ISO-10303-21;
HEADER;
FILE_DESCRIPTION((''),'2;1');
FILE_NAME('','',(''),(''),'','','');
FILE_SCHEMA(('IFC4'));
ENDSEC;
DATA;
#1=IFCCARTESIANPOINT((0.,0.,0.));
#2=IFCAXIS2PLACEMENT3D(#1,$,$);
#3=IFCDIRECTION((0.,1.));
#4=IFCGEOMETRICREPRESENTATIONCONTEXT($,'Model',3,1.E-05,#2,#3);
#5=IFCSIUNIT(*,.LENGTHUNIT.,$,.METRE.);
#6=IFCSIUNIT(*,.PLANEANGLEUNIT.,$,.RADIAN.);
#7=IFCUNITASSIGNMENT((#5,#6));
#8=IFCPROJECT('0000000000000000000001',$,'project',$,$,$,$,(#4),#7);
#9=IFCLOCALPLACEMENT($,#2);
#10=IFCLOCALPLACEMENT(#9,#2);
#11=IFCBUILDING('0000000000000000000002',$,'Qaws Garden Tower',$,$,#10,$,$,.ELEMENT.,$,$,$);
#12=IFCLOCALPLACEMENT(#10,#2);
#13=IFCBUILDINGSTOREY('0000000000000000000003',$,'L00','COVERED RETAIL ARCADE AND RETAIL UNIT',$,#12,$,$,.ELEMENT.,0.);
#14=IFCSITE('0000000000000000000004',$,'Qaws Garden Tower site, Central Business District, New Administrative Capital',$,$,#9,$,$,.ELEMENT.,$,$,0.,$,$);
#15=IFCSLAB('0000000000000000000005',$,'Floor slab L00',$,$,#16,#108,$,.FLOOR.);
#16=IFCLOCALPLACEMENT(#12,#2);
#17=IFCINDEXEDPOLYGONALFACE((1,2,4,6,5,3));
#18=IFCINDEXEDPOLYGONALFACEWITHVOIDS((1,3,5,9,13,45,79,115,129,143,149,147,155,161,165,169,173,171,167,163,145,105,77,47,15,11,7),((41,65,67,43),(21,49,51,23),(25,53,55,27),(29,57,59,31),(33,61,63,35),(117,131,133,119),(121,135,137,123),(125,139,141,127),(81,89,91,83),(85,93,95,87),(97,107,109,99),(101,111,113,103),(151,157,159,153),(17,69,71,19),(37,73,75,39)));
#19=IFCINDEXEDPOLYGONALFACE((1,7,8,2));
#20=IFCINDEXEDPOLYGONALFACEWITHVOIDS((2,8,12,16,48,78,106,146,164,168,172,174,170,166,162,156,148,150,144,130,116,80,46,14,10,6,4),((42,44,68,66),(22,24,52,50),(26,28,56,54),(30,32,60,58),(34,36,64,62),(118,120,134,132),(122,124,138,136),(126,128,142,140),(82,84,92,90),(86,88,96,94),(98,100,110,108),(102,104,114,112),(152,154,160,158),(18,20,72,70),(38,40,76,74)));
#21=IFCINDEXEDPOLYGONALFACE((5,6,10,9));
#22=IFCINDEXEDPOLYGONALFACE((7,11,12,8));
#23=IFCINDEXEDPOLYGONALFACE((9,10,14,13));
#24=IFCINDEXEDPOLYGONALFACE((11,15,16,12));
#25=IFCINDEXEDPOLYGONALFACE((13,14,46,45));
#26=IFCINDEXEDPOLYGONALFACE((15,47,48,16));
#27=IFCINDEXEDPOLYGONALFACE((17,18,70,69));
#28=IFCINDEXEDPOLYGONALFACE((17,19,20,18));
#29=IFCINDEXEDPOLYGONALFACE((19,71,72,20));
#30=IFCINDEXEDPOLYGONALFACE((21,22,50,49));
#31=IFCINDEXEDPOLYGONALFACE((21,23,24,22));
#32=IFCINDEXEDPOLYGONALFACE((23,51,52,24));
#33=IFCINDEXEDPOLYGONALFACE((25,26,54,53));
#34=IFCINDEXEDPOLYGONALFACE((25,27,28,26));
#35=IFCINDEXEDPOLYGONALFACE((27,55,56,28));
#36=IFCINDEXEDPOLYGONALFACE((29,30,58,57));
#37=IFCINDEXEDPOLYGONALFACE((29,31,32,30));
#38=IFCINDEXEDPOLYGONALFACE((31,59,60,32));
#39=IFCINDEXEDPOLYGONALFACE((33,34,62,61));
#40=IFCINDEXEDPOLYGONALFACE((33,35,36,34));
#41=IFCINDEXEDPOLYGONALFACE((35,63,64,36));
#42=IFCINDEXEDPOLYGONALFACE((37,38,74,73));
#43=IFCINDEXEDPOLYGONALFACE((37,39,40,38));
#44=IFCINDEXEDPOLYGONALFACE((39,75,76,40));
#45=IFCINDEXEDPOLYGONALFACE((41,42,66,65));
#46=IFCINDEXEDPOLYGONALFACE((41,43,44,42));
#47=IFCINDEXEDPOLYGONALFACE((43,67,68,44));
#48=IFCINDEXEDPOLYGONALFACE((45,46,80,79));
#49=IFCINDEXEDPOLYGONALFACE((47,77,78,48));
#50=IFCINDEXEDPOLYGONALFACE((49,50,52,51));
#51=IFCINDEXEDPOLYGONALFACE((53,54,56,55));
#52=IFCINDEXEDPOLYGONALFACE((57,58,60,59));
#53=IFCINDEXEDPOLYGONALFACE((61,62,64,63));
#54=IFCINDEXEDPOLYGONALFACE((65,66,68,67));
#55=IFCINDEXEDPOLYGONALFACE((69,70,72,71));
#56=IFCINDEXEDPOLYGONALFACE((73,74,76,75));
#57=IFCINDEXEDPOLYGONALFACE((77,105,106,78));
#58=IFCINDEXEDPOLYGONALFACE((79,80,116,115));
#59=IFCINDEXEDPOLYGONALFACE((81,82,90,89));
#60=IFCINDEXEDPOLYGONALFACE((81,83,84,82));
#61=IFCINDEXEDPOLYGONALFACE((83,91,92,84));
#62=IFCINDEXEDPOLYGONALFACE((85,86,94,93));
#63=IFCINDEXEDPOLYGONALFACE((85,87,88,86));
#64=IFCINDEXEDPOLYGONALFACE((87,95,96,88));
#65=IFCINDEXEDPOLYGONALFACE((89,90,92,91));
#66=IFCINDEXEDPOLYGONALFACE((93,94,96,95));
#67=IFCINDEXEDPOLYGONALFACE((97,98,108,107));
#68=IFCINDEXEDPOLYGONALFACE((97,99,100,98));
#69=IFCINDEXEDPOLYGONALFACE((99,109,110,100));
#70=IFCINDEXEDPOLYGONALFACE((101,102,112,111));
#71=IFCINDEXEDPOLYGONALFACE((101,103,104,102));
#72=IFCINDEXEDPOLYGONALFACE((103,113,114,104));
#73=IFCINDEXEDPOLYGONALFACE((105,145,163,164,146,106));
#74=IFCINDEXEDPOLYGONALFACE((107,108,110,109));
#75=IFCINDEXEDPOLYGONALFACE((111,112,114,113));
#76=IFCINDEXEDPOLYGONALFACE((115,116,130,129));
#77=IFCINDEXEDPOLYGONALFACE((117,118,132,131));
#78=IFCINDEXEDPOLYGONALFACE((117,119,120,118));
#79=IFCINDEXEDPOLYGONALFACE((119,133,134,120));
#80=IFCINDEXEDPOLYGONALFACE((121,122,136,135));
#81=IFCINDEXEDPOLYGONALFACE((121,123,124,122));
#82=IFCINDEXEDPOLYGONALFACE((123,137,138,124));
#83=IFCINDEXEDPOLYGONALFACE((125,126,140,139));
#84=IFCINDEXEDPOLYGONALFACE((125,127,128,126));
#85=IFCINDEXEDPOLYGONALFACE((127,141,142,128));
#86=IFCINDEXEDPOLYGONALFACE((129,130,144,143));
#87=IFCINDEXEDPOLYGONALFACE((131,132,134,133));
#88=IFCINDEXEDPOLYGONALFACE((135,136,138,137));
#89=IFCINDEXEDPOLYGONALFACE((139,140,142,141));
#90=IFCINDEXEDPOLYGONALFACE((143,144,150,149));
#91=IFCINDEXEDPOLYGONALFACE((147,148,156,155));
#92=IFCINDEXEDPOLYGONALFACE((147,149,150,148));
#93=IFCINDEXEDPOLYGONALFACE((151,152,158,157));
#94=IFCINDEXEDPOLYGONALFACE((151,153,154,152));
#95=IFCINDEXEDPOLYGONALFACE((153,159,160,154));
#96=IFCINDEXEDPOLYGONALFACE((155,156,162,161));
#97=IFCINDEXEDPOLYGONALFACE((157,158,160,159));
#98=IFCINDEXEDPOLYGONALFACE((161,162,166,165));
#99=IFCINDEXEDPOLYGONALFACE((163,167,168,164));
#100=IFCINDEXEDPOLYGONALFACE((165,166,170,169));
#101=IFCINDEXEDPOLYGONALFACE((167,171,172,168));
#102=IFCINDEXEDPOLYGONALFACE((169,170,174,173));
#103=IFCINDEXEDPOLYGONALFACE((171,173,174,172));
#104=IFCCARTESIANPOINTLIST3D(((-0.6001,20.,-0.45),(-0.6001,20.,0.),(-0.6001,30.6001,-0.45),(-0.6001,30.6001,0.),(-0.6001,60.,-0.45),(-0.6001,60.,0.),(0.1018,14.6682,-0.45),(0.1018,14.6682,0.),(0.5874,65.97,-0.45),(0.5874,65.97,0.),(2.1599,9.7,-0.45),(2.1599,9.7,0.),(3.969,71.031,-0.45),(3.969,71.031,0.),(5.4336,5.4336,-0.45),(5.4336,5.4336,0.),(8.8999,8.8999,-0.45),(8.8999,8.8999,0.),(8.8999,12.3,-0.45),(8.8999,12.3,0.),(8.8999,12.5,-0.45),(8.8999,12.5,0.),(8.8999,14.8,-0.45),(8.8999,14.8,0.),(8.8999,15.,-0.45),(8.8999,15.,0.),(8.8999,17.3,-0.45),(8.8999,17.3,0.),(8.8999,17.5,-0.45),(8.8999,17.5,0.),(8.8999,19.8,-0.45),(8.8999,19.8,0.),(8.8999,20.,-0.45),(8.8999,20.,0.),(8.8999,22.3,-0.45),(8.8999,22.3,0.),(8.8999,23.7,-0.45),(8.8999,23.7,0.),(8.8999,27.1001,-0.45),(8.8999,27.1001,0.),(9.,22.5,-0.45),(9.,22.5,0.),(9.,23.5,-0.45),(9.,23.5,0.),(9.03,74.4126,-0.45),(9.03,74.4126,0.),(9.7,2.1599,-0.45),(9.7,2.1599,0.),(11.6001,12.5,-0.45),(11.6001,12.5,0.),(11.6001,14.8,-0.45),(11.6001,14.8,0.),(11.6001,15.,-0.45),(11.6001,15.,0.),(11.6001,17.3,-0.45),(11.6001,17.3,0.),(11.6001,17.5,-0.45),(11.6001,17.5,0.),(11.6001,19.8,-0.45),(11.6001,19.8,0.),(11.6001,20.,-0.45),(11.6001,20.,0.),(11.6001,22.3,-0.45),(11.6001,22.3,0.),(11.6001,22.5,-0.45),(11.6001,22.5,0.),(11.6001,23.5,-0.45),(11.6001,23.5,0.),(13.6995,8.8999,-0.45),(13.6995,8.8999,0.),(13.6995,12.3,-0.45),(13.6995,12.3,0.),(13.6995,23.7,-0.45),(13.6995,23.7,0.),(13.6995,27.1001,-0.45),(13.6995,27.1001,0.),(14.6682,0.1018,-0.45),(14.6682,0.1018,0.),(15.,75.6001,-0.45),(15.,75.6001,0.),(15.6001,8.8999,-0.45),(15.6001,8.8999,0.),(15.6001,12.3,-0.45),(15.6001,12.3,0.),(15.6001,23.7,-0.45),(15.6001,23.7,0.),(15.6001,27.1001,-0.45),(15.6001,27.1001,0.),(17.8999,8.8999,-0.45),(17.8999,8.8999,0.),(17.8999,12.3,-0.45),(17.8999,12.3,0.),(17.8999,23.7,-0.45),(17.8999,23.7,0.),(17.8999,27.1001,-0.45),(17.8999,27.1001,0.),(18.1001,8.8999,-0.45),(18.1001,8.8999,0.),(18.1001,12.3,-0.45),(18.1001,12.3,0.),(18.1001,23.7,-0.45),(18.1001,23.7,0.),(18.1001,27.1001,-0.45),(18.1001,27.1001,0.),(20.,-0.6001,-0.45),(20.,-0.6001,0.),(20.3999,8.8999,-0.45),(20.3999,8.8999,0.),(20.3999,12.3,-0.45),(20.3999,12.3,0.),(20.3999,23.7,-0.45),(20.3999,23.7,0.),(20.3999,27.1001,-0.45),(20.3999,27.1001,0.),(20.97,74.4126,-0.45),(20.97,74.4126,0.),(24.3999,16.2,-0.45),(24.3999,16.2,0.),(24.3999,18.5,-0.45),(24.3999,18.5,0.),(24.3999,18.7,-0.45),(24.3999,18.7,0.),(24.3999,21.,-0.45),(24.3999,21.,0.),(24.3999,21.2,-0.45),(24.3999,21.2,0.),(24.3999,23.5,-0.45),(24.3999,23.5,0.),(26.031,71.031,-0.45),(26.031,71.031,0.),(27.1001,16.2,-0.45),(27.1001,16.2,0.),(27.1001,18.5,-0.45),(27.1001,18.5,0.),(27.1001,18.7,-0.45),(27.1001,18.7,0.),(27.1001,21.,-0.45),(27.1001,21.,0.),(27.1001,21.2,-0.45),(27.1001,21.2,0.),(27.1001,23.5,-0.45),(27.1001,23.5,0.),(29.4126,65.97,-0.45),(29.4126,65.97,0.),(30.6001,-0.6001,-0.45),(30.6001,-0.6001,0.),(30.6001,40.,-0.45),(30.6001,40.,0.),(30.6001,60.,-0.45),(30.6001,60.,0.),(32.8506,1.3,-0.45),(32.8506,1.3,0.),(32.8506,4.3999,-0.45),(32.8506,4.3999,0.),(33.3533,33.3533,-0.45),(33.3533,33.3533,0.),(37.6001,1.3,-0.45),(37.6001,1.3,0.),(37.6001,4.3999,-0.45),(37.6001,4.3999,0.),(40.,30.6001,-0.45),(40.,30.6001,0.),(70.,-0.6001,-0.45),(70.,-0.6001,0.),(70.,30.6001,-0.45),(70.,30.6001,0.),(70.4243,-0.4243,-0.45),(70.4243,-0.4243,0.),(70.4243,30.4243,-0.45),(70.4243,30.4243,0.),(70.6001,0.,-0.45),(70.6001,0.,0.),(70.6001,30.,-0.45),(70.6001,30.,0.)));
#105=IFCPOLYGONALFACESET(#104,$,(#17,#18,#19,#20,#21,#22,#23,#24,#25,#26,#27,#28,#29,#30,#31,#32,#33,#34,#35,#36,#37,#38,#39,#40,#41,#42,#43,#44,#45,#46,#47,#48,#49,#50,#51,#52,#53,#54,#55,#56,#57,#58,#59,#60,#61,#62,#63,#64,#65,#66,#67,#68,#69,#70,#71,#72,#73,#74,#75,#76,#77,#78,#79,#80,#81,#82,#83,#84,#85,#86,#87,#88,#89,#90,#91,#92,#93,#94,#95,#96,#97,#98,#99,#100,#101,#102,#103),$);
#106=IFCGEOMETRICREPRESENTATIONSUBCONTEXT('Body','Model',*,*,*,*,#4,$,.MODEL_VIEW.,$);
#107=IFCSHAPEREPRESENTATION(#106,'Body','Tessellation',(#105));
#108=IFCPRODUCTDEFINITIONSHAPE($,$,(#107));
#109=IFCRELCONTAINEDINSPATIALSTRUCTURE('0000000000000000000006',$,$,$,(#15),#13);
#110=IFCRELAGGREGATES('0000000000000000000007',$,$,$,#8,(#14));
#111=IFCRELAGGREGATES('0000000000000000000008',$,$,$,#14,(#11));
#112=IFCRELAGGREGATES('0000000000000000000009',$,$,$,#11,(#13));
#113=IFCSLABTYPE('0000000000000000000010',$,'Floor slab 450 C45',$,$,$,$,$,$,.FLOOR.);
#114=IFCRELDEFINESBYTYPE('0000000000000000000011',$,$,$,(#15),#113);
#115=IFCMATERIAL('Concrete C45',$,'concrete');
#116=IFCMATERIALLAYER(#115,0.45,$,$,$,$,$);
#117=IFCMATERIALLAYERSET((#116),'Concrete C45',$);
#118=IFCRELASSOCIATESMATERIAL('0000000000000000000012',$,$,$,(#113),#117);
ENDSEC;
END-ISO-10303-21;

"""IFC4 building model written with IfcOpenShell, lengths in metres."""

from ifc_helpers import new_model, si_unit, direction, frame, origin, place, context, subcontext, project, spatial, polyline, outline, extrude, material, layer, layer_set, type_object, element, save


model = new_model("IFC4")

# Units and contexts
model_context = context("Model", 3, precision=1e-05, world=origin(), true_north=direction((0.0, 1.0)))
body_context = subcontext(model_context, "Body", "Model", "MODEL_VIEW")
ifc_project = project(units=[si_unit("LENGTHUNIT", "METRE"), si_unit("PLANEANGLEUNIT", "RADIAN")], contexts=[model_context])

# Site, building, storey
site_placement = place(None, origin())
site = spatial("IfcSite", under=ifc_project, at=site_placement, Name="Qaws Garden Tower site, Central Business District, New Administrative Capital", CompositionType="ELEMENT", RefElevation=0.0)
building_placement = place(site_placement, origin())
building = spatial("IfcBuilding", under=site, at=building_placement, Name="Qaws Garden Tower", CompositionType="ELEMENT")
storey_placement = place(building_placement, origin())
storey = spatial("IfcBuildingStorey", under=building, at=storey_placement, Name="L00", Description="COVERED RETAIL ARCADE AND RETAIL UNIT", CompositionType="ELEMENT", Elevation=0.0)

# Slab
ifc_material_1 = material(Name="Concrete C45", Category="concrete")
ifc_layer_1 = layer(ifc_material_1, 0.45)
ifc_layer_set_1 = layer_set([ifc_layer_1], Name="Concrete C45")
slab_type_1 = type_object("IfcSlabType", Name="Floor slab 450 C45", PredefinedType="FLOOR", material=ifc_layer_set_1)
slab_1_placement = place(storey_placement, frame((0.0, 0.0, -0.45)))
element("IfcSlab", 1, at=slab_1_placement, inside=storey, type_object=slab_type_1, Name="Floor slab L00", PredefinedType="FLOOR", context=body_context, shape_type="SweptSolid", body=[
    extrude(outline(polyline([(0.1018, 14.6682), (-0.6001, 20.0), (-0.6001, 30.6001), (-0.6001, 60.0), (-0.6001, 60.0), (0.5874, 65.97), (3.969, 71.031), (9.03, 74.4126), (15.0, 75.6001), (20.97, 74.4126), (26.031, 71.031), (29.4126, 65.97), (30.6001, 60.0), (30.6001, 40.0), (33.3533, 33.3533), (40.0, 30.6001), (70.0, 30.6001), (70.4243, 30.4243), (70.6001, 30.0), (70.6001, 0.0), (70.4243, -0.4243), (70.0, -0.6001), (30.6001, -0.6001), (20.0, -0.6001), (14.6682, 0.1018), (9.7, 2.1599), (5.4336, 5.4336), (2.1599, 9.7), (0.1018, 14.6682)]), holes=[polyline([(8.8999, 12.3), (8.8999, 8.8999), (13.6995, 8.8999), (13.6995, 12.3), (8.8999, 12.3)]), polyline([(17.8999, 12.3), (15.6001, 12.3), (15.6001, 8.8999), (17.8999, 8.8999), (17.8999, 12.3)]), polyline([(11.6001, 14.8), (8.8999, 14.8), (8.8999, 12.5), (11.6001, 12.5), (11.6001, 14.8)]), polyline([(11.6001, 17.3), (8.8999, 17.3), (8.8999, 15.0), (11.6001, 15.0), (11.6001, 17.3)]), polyline([(11.6001, 19.8), (8.8999, 19.8), (8.8999, 17.5), (11.6001, 17.5), (11.6001, 19.8)]), polyline([(11.6001, 22.3), (8.8999, 22.3), (8.8999, 20.0), (11.6001, 20.0), (11.6001, 22.3)]), polyline([(11.6001, 23.5), (9.0, 23.5), (9.0, 22.5), (11.6001, 22.5), (11.6001, 23.5)]), polyline([(13.6995, 27.1001), (8.8999, 27.1001), (8.8999, 23.7), (13.6995, 23.7), (13.6995, 27.1001)]), polyline([(37.6001, 4.3999), (32.8506, 4.3999), (32.8506, 1.3), (37.6001, 1.3), (37.6001, 4.3999)]), polyline([(20.3999, 12.3), (18.1001, 12.3), (18.1001, 8.8999), (20.3999, 8.8999), (20.3999, 12.3)]), polyline([(27.1001, 18.5), (24.3999, 18.5), (24.3999, 16.2), (27.1001, 16.2), (27.1001, 18.5)]), polyline([(27.1001, 21.0), (24.3999, 21.0), (24.3999, 18.7), (27.1001, 18.7), (27.1001, 21.0)]), polyline([(27.1001, 23.5), (24.3999, 23.5), (24.3999, 21.2), (27.1001, 21.2), (27.1001, 23.5)]), polyline([(17.8999, 27.1001), (15.6001, 27.1001), (15.6001, 23.7), (17.8999, 23.7), (17.8999, 27.1001)]), polyline([(20.3999, 27.1001), (18.1001, 27.1001), (18.1001, 23.7), (20.3999, 23.7), (20.3999, 27.1001)])]), origin(), (0.0, 0.0, 1.0), 0.45),
])

save(model, "model.ifc")
